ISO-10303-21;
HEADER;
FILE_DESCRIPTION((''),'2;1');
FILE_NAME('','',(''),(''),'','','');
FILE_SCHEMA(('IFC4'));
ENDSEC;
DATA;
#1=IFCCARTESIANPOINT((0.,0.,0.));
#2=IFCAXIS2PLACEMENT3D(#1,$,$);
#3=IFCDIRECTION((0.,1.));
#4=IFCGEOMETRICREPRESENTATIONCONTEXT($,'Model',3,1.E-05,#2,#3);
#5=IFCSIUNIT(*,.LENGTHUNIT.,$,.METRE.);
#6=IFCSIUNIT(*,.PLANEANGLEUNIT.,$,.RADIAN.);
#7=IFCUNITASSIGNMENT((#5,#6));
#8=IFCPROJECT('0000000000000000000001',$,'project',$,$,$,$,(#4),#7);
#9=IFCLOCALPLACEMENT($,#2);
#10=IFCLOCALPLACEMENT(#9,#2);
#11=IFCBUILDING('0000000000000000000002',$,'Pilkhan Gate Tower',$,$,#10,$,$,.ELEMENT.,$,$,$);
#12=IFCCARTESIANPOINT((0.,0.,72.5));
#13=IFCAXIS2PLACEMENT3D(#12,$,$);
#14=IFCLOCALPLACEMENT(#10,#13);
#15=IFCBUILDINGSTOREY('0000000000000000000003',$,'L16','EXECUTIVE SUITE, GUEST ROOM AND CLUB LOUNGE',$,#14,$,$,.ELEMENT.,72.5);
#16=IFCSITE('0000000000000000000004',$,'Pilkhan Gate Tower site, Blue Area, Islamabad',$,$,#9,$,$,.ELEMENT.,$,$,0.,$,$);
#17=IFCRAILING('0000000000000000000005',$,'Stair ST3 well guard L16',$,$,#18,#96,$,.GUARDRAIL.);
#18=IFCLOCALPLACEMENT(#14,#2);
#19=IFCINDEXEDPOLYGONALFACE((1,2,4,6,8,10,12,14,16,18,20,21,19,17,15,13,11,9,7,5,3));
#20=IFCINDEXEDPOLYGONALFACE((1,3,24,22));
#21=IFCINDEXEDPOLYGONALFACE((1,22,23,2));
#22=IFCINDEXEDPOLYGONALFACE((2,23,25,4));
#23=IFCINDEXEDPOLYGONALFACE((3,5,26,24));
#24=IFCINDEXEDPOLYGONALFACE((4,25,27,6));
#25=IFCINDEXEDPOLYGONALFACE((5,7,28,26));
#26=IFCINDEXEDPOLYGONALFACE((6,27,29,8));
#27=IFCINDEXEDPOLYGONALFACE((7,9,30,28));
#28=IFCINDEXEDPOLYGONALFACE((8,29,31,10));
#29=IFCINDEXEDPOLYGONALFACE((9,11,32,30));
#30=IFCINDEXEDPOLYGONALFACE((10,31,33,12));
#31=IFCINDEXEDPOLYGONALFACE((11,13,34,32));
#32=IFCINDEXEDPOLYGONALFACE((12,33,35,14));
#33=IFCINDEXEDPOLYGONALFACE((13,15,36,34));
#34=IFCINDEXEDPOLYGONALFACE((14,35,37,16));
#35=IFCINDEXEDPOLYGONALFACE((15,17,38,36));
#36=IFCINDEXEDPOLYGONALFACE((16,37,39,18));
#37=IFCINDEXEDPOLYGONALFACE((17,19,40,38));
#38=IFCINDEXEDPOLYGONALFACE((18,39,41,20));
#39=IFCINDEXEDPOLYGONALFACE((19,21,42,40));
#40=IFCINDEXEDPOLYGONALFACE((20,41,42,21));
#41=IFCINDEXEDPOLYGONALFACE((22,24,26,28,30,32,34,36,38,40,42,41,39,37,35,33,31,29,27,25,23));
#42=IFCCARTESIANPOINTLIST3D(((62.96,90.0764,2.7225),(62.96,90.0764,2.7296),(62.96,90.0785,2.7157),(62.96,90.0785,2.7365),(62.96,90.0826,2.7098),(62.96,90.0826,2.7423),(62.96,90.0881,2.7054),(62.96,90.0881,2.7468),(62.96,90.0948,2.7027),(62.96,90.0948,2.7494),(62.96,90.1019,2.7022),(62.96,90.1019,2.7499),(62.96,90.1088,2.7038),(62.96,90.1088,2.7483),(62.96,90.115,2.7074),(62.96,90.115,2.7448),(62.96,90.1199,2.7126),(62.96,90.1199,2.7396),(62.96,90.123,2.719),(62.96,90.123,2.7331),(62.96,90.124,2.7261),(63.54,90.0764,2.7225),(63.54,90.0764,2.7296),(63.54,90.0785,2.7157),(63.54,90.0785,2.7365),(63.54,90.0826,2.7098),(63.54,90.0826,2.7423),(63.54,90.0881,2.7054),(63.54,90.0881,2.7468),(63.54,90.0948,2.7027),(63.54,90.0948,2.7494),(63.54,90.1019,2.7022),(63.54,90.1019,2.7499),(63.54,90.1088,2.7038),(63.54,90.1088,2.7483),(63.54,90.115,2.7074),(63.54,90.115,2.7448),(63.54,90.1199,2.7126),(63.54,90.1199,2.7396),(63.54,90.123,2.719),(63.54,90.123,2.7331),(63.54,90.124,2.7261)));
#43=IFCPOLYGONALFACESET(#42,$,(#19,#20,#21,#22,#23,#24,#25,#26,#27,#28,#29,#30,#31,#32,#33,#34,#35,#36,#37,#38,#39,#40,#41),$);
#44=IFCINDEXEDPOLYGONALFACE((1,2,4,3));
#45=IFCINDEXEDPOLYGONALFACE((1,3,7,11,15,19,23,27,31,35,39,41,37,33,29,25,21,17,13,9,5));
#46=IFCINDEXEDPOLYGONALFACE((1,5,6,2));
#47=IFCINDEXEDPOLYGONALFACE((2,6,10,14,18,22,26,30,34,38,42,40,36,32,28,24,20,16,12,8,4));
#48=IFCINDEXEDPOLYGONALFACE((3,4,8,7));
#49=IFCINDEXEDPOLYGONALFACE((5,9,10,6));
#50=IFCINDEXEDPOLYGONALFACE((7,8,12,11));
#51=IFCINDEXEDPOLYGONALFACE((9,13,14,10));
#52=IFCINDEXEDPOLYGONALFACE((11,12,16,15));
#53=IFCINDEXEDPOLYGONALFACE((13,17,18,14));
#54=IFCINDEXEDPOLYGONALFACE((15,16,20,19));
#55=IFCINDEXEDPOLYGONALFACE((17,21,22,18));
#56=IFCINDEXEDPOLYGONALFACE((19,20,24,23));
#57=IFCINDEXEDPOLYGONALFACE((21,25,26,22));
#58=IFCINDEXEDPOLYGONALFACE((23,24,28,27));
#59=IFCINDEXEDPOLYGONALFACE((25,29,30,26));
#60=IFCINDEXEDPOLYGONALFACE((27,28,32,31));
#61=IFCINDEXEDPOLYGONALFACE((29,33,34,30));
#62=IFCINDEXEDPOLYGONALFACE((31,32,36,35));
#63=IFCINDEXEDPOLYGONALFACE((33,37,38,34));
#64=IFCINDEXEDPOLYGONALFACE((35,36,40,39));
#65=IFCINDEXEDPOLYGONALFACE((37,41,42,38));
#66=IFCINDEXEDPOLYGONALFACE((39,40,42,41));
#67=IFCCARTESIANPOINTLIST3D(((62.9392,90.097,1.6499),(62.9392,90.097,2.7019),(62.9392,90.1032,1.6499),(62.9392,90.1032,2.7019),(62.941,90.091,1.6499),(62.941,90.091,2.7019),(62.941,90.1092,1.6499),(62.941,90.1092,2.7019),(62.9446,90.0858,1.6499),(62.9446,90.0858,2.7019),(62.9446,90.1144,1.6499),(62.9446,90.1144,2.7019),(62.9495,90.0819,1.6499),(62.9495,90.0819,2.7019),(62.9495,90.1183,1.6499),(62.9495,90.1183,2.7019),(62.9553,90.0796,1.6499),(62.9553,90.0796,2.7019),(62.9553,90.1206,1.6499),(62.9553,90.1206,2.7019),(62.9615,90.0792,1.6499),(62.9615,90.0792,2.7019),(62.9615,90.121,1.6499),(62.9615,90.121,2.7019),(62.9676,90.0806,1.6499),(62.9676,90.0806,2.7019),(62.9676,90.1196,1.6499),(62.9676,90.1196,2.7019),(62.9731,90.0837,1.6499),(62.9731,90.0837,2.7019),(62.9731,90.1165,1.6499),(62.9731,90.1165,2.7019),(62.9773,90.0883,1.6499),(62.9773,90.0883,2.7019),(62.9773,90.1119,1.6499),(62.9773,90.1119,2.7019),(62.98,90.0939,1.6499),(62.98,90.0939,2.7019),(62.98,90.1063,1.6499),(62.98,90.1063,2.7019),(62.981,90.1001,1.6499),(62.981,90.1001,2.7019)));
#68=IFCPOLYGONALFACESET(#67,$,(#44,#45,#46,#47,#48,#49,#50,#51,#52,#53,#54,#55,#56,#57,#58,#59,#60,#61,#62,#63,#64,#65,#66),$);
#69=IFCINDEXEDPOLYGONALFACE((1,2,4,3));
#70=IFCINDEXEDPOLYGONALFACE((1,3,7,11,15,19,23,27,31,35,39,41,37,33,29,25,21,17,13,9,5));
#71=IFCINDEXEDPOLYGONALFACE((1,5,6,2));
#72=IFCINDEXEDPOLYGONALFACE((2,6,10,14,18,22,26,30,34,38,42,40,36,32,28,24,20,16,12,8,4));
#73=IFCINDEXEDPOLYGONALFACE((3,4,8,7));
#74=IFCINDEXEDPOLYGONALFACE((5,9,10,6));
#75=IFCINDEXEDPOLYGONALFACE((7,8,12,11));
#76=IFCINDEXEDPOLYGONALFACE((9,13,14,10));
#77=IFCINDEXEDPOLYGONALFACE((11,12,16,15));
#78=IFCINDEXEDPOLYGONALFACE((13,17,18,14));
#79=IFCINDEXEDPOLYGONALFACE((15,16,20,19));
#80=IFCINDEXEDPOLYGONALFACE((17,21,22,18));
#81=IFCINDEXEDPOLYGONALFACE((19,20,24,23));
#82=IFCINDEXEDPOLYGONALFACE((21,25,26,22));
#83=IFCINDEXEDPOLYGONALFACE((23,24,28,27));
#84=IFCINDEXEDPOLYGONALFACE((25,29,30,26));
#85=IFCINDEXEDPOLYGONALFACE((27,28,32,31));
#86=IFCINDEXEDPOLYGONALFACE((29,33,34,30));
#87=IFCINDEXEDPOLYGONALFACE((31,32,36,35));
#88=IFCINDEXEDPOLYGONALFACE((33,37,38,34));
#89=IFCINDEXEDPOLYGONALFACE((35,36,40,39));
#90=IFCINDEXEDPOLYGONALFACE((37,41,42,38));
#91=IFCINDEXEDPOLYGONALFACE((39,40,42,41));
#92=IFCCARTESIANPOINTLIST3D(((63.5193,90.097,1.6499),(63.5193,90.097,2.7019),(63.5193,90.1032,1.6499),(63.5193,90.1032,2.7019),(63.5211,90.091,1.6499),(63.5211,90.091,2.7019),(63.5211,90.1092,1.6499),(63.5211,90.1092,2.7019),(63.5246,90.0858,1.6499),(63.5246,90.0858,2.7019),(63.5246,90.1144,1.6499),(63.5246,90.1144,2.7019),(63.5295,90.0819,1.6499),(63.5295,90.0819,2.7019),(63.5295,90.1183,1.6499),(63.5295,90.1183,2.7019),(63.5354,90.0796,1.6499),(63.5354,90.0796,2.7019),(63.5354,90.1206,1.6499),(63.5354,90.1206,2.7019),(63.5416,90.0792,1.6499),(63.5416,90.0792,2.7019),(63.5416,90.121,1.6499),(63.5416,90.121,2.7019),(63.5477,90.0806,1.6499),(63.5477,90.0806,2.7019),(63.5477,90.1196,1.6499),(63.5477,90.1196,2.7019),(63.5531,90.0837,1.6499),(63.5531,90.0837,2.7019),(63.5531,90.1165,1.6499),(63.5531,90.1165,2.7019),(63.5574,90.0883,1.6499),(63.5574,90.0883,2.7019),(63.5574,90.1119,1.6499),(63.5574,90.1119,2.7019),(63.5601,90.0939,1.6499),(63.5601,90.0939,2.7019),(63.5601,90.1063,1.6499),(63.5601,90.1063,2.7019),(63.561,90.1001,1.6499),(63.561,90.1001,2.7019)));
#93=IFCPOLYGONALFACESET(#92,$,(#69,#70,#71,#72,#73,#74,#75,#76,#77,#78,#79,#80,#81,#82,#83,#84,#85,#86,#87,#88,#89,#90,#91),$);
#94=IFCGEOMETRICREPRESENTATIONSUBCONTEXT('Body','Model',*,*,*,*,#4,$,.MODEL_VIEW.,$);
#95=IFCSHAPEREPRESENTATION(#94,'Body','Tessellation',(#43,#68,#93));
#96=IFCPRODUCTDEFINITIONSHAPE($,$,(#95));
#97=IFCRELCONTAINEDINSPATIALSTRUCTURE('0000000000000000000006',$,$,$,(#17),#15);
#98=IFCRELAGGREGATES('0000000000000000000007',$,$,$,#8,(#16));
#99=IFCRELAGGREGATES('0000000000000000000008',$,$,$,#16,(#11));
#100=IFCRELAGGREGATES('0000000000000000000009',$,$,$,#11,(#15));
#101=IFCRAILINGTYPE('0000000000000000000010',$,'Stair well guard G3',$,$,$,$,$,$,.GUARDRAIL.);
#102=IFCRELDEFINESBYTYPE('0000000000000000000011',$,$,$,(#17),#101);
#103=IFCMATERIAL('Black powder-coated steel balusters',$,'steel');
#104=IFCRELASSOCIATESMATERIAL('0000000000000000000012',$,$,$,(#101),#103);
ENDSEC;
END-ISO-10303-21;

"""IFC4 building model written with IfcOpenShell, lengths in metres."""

from ifc_helpers import new_model, si_unit, direction, frame, origin, origin_2d, place, context, subcontext, project, spatial, circle, extrude, material, type_object, element, save


model = new_model("IFC4")

# Units and contexts
model_context = context("Model", 3, precision=1e-05, world=origin(), true_north=direction((0.0, 1.0)))
body_context = subcontext(model_context, "Body", "Model", "MODEL_VIEW")
ifc_project = project(units=[si_unit("LENGTHUNIT", "METRE"), si_unit("PLANEANGLEUNIT", "RADIAN")], contexts=[model_context])

# Site, building, storey
site_placement = place(None, origin())
site = spatial("IfcSite", under=ifc_project, at=site_placement, Name="Pilkhan Gate Tower site, Blue Area, Islamabad", CompositionType="ELEMENT", RefElevation=0.0)
building_placement = place(site_placement, origin())
building = spatial("IfcBuilding", under=site, at=building_placement, Name="Pilkhan Gate Tower", CompositionType="ELEMENT")
storey_placement = place(building_placement, frame((0.0, 0.0, 72.5)))
storey = spatial("IfcBuildingStorey", under=building, at=storey_placement, Name="L16", Description="EXECUTIVE SUITE, GUEST ROOM AND CLUB LOUNGE", CompositionType="ELEMENT", Elevation=72.5)

# Railing
ifc_material_1 = material(Name="Black powder-coated steel balusters", Category="steel")
railing_type_1 = type_object("IfcRailingType", Name="Stair well guard G3", PredefinedType="GUARDRAIL", material=ifc_material_1)
for number, where, name in (
    (1, (62.96, 90.1001, 1.6499), "Stair ST3 well guard L16"),
):
    element("IfcRailing", number, at=place(storey_placement, frame(where)), inside=storey, type_object=railing_type_1, Name=name, PredefinedType="GUARDRAIL", context=body_context, shape_type="SweptSolid", body=[
        extrude(circle(Radius=0.0239, at=origin_2d()), frame((0.0, 0.0, 1.0762), z_axis=(1.0, 0.0, 0.0), x_axis=(0.0, 1.0, 0.0)), (0.0, 0.0, 1.0), 0.5801),
        extrude(circle(Radius=0.021, at=origin_2d()), origin(), (0.0, 0.0, 1.0), 1.052),
        extrude(circle(Radius=0.021, at=origin_2d()), frame((0.5801, 0.0, 0.0)), (0.0, 0.0, 1.0), 1.052),
    ])

save(model, "model.ifc")
